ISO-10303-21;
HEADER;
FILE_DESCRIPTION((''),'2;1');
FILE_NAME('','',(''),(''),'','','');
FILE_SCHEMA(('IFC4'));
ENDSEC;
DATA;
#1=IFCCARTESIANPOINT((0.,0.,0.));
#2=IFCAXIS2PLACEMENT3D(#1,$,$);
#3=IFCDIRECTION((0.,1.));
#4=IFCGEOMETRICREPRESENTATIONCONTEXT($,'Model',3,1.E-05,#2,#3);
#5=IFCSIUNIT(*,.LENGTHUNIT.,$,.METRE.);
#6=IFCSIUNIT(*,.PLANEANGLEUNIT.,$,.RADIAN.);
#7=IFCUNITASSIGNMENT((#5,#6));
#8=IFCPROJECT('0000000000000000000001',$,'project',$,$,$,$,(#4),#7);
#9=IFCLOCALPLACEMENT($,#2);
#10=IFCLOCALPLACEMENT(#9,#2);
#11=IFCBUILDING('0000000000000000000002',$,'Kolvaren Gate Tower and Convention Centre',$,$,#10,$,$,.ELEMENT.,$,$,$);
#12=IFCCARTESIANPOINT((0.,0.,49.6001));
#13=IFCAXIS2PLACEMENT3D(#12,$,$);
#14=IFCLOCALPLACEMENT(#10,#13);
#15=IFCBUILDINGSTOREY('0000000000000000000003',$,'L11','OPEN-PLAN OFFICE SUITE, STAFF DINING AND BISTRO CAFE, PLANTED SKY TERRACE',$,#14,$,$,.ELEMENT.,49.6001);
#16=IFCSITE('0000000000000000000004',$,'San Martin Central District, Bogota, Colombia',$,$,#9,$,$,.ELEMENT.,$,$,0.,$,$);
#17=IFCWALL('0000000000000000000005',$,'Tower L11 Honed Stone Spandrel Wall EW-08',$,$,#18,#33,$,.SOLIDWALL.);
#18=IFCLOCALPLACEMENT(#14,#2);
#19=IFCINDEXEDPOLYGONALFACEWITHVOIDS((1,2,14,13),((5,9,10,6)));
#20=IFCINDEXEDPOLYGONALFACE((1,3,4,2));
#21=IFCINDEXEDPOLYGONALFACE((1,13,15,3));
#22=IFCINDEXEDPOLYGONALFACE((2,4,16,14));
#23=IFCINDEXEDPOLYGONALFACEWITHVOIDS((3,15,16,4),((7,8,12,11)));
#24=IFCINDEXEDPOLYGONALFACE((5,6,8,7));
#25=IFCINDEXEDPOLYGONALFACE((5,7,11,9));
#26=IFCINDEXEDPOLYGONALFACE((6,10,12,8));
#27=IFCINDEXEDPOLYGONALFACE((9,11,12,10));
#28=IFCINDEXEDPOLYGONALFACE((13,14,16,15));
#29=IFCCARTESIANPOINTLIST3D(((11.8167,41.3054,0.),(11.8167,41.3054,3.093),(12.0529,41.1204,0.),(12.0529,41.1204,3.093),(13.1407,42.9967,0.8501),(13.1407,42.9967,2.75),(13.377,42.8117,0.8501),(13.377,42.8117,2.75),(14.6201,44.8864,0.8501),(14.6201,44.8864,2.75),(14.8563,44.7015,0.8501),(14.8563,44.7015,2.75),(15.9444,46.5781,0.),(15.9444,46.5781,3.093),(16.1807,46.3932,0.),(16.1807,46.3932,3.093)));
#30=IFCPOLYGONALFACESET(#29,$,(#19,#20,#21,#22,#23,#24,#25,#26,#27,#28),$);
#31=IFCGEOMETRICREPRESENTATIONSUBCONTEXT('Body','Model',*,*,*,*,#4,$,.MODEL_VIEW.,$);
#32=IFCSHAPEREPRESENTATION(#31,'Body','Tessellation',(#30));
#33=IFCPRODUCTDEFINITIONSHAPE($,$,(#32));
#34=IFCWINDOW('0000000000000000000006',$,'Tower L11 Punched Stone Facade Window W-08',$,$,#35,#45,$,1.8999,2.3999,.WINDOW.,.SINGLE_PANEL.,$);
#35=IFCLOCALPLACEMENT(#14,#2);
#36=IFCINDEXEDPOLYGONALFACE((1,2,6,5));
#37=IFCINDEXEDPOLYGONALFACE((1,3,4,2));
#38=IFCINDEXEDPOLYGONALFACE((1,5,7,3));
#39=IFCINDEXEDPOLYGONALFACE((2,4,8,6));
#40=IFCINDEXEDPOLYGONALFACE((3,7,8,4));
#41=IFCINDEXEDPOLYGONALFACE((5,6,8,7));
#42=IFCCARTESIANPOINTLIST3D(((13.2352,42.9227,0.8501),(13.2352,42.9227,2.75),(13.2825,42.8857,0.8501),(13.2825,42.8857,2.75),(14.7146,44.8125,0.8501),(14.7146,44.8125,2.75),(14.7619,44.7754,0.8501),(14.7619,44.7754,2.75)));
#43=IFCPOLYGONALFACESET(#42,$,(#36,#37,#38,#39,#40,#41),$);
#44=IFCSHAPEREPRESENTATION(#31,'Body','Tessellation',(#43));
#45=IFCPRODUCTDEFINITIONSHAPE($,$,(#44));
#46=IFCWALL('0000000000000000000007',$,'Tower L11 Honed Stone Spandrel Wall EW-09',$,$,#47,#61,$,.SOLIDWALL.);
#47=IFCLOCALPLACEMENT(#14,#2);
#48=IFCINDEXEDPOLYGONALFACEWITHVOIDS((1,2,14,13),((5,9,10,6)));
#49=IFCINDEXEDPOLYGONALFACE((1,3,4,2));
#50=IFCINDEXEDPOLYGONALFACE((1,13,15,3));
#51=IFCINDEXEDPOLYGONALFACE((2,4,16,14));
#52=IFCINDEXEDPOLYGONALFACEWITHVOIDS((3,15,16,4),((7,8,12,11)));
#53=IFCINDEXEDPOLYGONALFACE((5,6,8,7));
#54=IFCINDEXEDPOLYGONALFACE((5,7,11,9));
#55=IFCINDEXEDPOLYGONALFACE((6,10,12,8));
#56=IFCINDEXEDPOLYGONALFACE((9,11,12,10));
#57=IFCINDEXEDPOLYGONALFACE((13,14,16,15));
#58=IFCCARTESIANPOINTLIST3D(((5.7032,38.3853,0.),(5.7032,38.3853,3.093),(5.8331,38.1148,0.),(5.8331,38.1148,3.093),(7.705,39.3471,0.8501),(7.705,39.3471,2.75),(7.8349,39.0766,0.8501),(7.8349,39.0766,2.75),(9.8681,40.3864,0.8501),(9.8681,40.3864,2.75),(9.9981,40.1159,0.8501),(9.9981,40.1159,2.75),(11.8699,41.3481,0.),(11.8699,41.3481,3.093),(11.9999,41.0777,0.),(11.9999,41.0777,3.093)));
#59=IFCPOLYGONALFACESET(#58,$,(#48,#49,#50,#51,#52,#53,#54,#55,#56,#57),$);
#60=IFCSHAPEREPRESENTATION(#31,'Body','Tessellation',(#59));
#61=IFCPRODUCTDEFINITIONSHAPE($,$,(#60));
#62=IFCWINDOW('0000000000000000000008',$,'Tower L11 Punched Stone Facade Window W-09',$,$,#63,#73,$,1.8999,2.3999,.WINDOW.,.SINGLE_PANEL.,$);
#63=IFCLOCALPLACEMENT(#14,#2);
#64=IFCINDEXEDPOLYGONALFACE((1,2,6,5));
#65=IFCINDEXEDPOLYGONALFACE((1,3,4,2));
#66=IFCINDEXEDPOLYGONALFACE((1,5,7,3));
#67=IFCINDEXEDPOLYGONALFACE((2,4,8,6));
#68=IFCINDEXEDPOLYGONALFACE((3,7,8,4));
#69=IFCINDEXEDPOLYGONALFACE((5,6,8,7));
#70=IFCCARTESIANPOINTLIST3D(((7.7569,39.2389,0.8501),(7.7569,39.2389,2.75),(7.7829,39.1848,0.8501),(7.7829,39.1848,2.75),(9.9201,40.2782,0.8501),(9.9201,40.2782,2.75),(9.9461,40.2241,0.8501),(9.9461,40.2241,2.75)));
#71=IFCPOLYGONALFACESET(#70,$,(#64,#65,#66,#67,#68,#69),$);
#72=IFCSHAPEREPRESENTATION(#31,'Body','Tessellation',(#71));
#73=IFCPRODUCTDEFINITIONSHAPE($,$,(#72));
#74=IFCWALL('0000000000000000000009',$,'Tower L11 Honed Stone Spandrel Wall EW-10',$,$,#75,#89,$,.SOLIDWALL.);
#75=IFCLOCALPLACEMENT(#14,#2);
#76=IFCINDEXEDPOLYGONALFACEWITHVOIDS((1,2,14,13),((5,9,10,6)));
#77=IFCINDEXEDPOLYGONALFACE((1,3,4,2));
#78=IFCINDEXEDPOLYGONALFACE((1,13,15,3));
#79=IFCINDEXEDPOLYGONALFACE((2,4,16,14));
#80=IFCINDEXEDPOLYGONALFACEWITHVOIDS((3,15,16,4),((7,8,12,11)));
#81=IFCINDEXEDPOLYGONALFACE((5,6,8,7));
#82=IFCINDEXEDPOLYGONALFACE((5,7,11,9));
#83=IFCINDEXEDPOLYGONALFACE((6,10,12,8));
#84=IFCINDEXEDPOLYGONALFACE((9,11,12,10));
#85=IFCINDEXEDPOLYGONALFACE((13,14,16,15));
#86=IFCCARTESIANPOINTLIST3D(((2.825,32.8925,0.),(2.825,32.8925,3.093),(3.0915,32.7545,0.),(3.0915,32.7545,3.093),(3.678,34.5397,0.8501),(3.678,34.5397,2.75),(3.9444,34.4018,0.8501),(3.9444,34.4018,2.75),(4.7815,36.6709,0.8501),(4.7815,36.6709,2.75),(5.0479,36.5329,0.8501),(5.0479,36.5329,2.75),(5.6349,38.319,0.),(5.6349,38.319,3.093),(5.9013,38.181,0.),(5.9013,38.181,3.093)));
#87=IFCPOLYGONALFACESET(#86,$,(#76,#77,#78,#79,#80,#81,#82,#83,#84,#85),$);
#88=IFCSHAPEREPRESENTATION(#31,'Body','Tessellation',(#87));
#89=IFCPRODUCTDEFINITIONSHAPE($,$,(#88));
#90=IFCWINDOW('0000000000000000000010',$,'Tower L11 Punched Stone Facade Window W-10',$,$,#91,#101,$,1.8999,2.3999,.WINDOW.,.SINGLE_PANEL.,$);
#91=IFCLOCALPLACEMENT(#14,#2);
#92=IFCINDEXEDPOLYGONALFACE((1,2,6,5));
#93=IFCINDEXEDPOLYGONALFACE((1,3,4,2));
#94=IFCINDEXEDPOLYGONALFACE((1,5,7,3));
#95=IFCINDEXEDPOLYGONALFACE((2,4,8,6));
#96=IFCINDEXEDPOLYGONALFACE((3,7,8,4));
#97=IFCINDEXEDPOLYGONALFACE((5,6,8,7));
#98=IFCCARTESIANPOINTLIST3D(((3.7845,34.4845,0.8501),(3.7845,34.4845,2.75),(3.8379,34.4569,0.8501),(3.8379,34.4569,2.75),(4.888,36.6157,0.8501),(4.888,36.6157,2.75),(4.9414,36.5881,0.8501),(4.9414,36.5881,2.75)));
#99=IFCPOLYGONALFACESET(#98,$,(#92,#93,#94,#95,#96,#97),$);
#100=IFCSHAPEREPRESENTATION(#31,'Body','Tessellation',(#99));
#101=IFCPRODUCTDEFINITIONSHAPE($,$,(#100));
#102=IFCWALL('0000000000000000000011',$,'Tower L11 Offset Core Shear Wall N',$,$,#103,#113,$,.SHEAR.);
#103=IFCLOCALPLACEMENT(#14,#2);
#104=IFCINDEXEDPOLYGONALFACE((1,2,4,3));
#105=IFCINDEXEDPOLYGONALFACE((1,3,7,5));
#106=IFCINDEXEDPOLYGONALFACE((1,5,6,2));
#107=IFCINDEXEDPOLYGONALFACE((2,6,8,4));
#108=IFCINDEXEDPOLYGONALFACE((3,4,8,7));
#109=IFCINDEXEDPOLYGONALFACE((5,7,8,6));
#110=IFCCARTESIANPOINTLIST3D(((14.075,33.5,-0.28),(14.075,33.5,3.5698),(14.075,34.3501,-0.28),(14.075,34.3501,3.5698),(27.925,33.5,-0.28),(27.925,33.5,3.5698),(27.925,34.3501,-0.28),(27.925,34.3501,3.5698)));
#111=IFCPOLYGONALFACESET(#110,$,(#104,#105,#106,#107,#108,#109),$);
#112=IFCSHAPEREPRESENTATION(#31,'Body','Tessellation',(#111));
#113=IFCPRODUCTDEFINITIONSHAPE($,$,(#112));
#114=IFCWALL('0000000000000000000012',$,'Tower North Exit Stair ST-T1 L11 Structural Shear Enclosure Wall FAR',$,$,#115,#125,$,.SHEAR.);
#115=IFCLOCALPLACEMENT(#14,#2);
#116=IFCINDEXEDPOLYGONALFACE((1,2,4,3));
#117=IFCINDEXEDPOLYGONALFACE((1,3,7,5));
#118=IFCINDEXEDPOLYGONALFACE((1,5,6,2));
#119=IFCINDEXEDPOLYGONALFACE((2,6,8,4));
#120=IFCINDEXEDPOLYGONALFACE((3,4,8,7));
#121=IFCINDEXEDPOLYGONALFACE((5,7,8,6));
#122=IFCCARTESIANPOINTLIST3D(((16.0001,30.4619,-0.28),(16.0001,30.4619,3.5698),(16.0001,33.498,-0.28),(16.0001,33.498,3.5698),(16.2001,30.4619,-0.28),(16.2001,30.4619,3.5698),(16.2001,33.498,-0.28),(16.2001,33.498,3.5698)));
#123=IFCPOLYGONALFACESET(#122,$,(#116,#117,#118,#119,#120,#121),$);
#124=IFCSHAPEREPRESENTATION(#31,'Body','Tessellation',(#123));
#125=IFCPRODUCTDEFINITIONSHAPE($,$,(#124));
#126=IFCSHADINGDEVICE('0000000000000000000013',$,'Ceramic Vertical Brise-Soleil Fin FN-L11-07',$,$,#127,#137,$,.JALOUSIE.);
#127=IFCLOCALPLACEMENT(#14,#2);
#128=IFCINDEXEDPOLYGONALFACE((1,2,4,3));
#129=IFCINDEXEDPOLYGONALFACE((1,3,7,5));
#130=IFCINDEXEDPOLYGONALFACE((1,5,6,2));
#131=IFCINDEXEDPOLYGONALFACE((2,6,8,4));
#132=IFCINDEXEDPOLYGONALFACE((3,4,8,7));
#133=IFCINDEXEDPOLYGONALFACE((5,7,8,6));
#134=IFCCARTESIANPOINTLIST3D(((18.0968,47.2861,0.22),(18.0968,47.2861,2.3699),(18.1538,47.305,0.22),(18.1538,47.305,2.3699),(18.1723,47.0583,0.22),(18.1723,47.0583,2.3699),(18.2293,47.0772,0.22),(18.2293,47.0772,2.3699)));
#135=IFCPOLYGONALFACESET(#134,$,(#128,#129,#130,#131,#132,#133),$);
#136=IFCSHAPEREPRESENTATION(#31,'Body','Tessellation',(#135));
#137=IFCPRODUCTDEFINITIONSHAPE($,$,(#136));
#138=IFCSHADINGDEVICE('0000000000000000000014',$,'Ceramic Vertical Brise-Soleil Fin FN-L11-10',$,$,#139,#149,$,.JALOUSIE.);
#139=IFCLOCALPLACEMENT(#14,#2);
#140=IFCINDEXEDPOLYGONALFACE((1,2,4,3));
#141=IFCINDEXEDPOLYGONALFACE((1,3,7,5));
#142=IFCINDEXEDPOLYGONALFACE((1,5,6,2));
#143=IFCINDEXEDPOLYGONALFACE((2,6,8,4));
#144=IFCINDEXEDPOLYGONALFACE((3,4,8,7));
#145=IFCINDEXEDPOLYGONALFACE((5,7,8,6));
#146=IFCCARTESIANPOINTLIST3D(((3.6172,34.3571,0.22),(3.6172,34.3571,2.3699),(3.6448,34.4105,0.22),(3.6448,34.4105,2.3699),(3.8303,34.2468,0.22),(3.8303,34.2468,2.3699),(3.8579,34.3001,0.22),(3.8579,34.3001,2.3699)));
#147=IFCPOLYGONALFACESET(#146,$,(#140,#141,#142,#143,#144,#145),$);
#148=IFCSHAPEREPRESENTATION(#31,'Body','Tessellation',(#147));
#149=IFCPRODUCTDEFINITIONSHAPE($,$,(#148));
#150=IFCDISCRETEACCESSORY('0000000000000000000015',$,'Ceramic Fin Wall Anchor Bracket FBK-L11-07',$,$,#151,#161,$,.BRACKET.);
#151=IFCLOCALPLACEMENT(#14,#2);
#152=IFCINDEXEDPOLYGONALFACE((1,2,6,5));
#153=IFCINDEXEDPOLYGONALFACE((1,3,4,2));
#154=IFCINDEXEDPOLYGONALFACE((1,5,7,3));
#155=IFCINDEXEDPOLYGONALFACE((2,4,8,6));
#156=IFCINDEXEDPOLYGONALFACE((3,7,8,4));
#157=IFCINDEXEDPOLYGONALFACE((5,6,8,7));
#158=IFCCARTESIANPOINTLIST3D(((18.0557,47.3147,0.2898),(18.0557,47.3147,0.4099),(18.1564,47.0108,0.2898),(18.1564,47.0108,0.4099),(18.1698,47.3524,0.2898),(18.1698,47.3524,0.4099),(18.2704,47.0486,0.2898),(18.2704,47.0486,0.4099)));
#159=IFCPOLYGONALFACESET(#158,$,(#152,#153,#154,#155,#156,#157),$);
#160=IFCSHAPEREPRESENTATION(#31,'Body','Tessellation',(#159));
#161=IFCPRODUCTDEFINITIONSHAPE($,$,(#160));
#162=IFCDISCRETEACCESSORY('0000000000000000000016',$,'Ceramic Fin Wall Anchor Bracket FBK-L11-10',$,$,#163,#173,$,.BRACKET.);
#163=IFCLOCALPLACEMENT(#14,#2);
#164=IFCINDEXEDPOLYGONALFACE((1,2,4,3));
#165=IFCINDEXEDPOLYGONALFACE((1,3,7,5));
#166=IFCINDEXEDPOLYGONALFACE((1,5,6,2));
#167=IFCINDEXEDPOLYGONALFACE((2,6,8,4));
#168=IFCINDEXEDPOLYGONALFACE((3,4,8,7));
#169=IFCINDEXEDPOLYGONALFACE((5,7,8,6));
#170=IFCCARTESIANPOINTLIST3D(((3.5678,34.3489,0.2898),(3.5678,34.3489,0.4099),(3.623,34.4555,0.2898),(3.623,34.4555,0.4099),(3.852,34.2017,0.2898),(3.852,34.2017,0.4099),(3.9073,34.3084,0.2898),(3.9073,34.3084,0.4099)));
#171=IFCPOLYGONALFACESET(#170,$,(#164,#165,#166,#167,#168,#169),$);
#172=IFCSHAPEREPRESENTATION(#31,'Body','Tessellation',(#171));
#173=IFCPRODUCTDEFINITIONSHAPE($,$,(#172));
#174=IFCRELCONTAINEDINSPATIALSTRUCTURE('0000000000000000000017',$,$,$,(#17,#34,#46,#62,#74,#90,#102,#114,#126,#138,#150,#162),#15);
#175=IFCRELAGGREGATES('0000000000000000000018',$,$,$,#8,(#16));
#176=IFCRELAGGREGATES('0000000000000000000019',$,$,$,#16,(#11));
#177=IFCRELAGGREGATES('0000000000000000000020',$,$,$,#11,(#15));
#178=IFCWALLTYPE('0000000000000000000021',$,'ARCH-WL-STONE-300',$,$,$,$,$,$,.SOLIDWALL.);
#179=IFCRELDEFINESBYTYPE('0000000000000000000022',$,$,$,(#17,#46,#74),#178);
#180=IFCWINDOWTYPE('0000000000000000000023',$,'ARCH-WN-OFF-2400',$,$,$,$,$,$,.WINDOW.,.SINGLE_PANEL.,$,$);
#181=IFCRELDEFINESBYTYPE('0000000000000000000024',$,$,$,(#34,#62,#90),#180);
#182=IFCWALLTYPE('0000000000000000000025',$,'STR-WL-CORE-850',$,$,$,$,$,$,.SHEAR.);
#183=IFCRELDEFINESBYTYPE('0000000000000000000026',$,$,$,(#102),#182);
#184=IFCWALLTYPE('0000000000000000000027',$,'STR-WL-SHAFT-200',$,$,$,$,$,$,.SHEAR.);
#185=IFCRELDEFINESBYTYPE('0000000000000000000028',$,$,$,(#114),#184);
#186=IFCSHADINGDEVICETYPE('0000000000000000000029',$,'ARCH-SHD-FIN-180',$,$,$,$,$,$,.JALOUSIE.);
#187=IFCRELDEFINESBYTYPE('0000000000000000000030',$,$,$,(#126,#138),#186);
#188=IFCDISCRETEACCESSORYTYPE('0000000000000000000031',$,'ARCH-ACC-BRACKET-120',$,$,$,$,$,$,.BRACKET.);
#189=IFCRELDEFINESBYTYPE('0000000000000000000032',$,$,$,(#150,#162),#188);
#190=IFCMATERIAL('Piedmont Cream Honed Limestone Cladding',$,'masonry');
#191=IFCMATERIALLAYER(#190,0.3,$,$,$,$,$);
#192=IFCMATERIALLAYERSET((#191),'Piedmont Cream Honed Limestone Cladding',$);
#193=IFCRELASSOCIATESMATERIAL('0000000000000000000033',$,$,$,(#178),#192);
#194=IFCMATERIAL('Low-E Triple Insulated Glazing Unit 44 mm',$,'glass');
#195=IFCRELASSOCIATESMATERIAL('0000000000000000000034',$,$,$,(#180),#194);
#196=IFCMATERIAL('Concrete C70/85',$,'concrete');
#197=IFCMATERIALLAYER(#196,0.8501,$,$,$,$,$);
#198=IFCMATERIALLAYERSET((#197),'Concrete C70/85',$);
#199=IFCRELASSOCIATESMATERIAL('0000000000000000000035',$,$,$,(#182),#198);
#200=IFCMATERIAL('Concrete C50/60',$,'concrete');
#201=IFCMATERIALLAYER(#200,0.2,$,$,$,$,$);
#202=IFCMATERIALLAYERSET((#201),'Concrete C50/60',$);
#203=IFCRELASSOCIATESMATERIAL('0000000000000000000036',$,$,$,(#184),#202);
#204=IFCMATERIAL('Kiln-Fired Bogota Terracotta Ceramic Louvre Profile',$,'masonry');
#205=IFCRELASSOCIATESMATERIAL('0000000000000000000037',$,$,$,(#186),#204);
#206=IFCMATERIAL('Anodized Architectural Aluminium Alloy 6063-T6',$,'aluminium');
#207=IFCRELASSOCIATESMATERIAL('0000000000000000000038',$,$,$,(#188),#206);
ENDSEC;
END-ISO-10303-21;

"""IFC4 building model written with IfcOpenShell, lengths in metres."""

from ifc_helpers import new_model, si_unit, direction, frame, frame_2d, origin, origin_2d, place, context, subcontext, project, spatial, rectangle, extrude, material, layer, layer_set, type_object, element, fill, save


model = new_model("IFC4")

# Units and contexts
model_context = context("Model", 3, precision=1e-05, world=origin(), true_north=direction((0.0, 1.0)))
body_context = subcontext(model_context, "Body", "Model", "MODEL_VIEW")
ifc_project = project(units=[si_unit("LENGTHUNIT", "METRE"), si_unit("PLANEANGLEUNIT", "RADIAN")], contexts=[model_context])

# Site, building, storey
site_placement = place(None, origin())
site = spatial("IfcSite", under=ifc_project, at=site_placement, Name="San Martin Central District, Bogota, Colombia", CompositionType="ELEMENT", RefElevation=0.0)
building_placement = place(site_placement, origin())
building = spatial("IfcBuilding", under=site, at=building_placement, Name="Kolvaren Gate Tower and Convention Centre", CompositionType="ELEMENT")
storey_placement = place(building_placement, frame((0.0, 0.0, 49.6001)))
storey = spatial("IfcBuildingStorey", under=building, at=storey_placement, Name="L11", Description="OPEN-PLAN OFFICE SUITE, STAFF DINING AND BISTRO CAFE, PLANTED SKY TERRACE", CompositionType="ELEMENT", Elevation=49.6001)

# Shared definitions
ifc_material_1 = material(Name="Concrete C70/85", Category="concrete")

# Walls, openings, windows
ifc_material_2 = material(Name="Piedmont Cream Honed Limestone Cladding", Category="masonry")
ifc_layer_1 = layer(ifc_material_2, 0.3)
ifc_layer_set_1 = layer_set([ifc_layer_1], Name="Piedmont Cream Honed Limestone Cladding")
wall_type_1 = type_object("IfcWallType", Name="ARCH-WL-STONE-300", PredefinedType="SOLIDWALL", material=ifc_layer_set_1)
ifc_material_3 = material(Name="Low-E Triple Insulated Glazing Unit 44 mm", Category="glass")
window_type = type_object("IfcWindowType", Name="ARCH-WN-OFF-2400", PartitioningType="SINGLE_PANEL", PredefinedType="WINDOW", material=ifc_material_3)
wall_1_placement = place(storey_placement, frame((11.9348, 41.2129, 0.0), z_axis=(0.0, 0.0, 1.0), x_axis=(0.616421, 0.787417, 0.0)))
wall_1 = element("IfcWall", 1, at=wall_1_placement, inside=storey, type_object=wall_type_1, Name="Tower L11 Honed Stone Spandrel Wall EW-08", PredefinedType="SOLIDWALL", context=body_context, shape_type="SweptSolid", body=[
    extrude(rectangle(XDim=6.6963, YDim=0.3, at=frame_2d((3.3481, 0.0))), origin(), (0.0, 0.0, 1.0), 3.093),
])
opening_1_placement = place(wall_1_placement, frame((2.1479, 0.0, 0.8501)))
opening_1 = element("IfcOpeningElement", 2, at=opening_1_placement, cuts=wall_1, PredefinedType="OPENING", context=body_context, shape_type="SweptSolid", body=[
    extrude(rectangle(XDim=2.3999, YDim=1.8999, at=frame_2d((1.2, 0.95))), frame((0.0, 0.1599, 0.0), z_axis=(0.0, -1.0, 0.0), x_axis=(1.0, 0.0, 0.0)), (0.0, 0.0, 1.0), 0.3201),
])
window_1_placement = place(opening_1_placement, origin())
window_1 = element("IfcWindow", 3, at=window_1_placement, inside=storey, type_object=window_type, Name="Tower L11 Punched Stone Facade Window W-08", OverallHeight=1.8999, OverallWidth=2.3999, PartitioningType="SINGLE_PANEL", PredefinedType="WINDOW", context=body_context, shape_type="SweptSolid", body=[
    extrude(rectangle(XDim=2.3999, YDim=1.8999, at=frame_2d((1.2, 0.95))), frame((0.0, 0.03, 0.0), z_axis=(0.0, -1.0, 0.0), x_axis=(1.0, 0.0, 0.0)), (0.0, 0.0, 1.0), 0.0601),
])
fill(opening_1, window_1)
wall_2_placement = place(storey_placement, frame((5.7681, 38.25, 0.0), z_axis=(0.0, 0.0, 1.0), x_axis=(0.90136, 0.43307, 0.0)))
wall_2 = element("IfcWall", 4, at=wall_2_placement, inside=storey, type_object=wall_type_1, Name="Tower L11 Honed Stone Spandrel Wall EW-09", PredefinedType="SOLIDWALL", context=body_context, shape_type="SweptSolid", body=[
    extrude(rectangle(XDim=6.8416, YDim=0.3, at=frame_2d((3.4209, 0.0))), origin(), (0.0, 0.0, 1.0), 3.093),
])
opening_2_placement = place(wall_2_placement, frame((2.2209, 0.0, 0.8501)))
opening_2 = element("IfcOpeningElement", 5, at=opening_2_placement, cuts=wall_2, PredefinedType="OPENING", context=body_context, shape_type="SweptSolid", body=[
    extrude(rectangle(XDim=2.3999, YDim=1.8999, at=frame_2d((1.2, 0.95))), frame((0.0, 0.1599, 0.0), z_axis=(0.0, -1.0, 0.0), x_axis=(1.0, 0.0, 0.0)), (0.0, 0.0, 1.0), 0.3201),
])
window_2_placement = place(opening_2_placement, origin())
window_2 = element("IfcWindow", 6, at=window_2_placement, inside=storey, type_object=window_type, Name="Tower L11 Punched Stone Facade Window W-09", OverallHeight=1.8999, OverallWidth=2.3999, PartitioningType="SINGLE_PANEL", PredefinedType="WINDOW", context=body_context, shape_type="SweptSolid", body=[
    extrude(rectangle(XDim=2.3999, YDim=1.8999, at=frame_2d((1.2, 0.95))), frame((0.0, 0.03, 0.0), z_axis=(0.0, -1.0, 0.0), x_axis=(1.0, 0.0, 0.0)), (0.0, 0.0, 1.0), 0.0601),
])
fill(opening_2, window_2)
wall_3_placement = place(storey_placement, frame((2.9583, 32.8235, 0.0), z_axis=(0.0, 0.0, 1.0), x_axis=(0.45981, 0.888017, 0.0)))
wall_3 = element("IfcWall", 7, at=wall_3_placement, inside=storey, type_object=wall_type_1, Name="Tower L11 Honed Stone Spandrel Wall EW-10", PredefinedType="SOLIDWALL", context=body_context, shape_type="SweptSolid", body=[
    extrude(rectangle(XDim=6.1108, YDim=0.3, at=frame_2d((3.0554, 0.0))), origin(), (0.0, 0.0, 1.0), 3.093),
])
opening_3_placement = place(wall_3_placement, frame((1.855, 0.0, 0.8501)))
opening_3 = element("IfcOpeningElement", 8, at=opening_3_placement, cuts=wall_3, PredefinedType="OPENING", context=body_context, shape_type="SweptSolid", body=[
    extrude(rectangle(XDim=2.3999, YDim=1.8999, at=frame_2d((1.2, 0.95))), frame((0.0, 0.1599, 0.0), z_axis=(0.0, -1.0, 0.0), x_axis=(1.0, 0.0, 0.0)), (0.0, 0.0, 1.0), 0.3201),
])
window_3_placement = place(opening_3_placement, origin())
window_3 = element("IfcWindow", 9, at=window_3_placement, inside=storey, type_object=window_type, Name="Tower L11 Punched Stone Facade Window W-10", OverallHeight=1.8999, OverallWidth=2.3999, PartitioningType="SINGLE_PANEL", PredefinedType="WINDOW", context=body_context, shape_type="SweptSolid", body=[
    extrude(rectangle(XDim=2.3999, YDim=1.8999, at=frame_2d((1.2, 0.95))), frame((0.0, 0.03, 0.0), z_axis=(0.0, -1.0, 0.0), x_axis=(1.0, 0.0, 0.0)), (0.0, 0.0, 1.0), 0.0601),
])
fill(opening_3, window_3)

# Walls
ifc_layer_2 = layer(ifc_material_1, 0.8501)
ifc_layer_set_2 = layer_set([ifc_layer_2], Name="Concrete C70/85")
wall_type_2 = type_object("IfcWallType", Name="STR-WL-CORE-850", PredefinedType="SHEAR", material=ifc_layer_set_2)
wall_4_placement = place(storey_placement, frame((14.075, 33.925, -0.28), z_axis=(0.0, 0.0, 1.0), x_axis=(1.0, 0.0, 0.0)))
element("IfcWall", 10, at=wall_4_placement, inside=storey, type_object=wall_type_2, Name="Tower L11 Offset Core Shear Wall N", PredefinedType="SHEAR", context=body_context, shape_type="SweptSolid", body=[
    extrude(rectangle(XDim=13.8501, YDim=0.8501, at=frame_2d((6.925, 0.0))), origin(), (0.0, 0.0, 1.0), 3.8499),
])
ifc_material_4 = material(Name="Concrete C50/60", Category="concrete")
ifc_layer_3 = layer(ifc_material_4, 0.2)
ifc_layer_set_3 = layer_set([ifc_layer_3], Name="Concrete C50/60")
wall_type_3 = type_object("IfcWallType", Name="STR-WL-SHAFT-200", PredefinedType="SHEAR", material=ifc_layer_set_3)
wall_5_placement = place(storey_placement, frame((16.1001, 30.4619, -0.28), z_axis=(0.0, 0.0, 1.0), x_axis=(0.0, 1.0, 0.0)))
element("IfcWall", 11, at=wall_5_placement, inside=storey, type_object=wall_type_3, Name="Tower North Exit Stair ST-T1 L11 Structural Shear Enclosure Wall FAR", PredefinedType="SHEAR", context=body_context, shape_type="SweptSolid", body=[
    extrude(rectangle(XDim=3.0361, YDim=0.2, at=frame_2d((1.5181, 0.0))), origin(), (0.0, 0.0, 1.0), 3.8499),
])

# Shading devices
ifc_material_5 = material(Name="Kiln-Fired Bogota Terracotta Ceramic Louvre Profile", Category="masonry")
shading_device_type = type_object("IfcShadingDeviceType", Name="ARCH-SHD-FIN-180", PredefinedType="JALOUSIE", material=ifc_material_5)
for number, where, z_axis, x_axis, name in (
    (12, (18.1631, 47.1816, 0.22), (0.0, 0.0, 1.0), (0.949243, 0.314544, 0.0), "Ceramic Vertical Brise-Soleil Fin FN-L11-07"),
    (13, (3.7375, 34.3286, 0.22), (0.0, 0.0, 1.0), (0.459789, 0.888028, 0.0), "Ceramic Vertical Brise-Soleil Fin FN-L11-10"),
):
    element("IfcShadingDevice", number, at=place(storey_placement, frame(where, z_axis=z_axis, x_axis=x_axis)), inside=storey, type_object=shading_device_type, Name=name, PredefinedType="JALOUSIE", context=body_context, shape_type="SweptSolid", body=[
        extrude(rectangle(XDim=0.0601, YDim=0.24, at=origin_2d()), origin(), (0.0, 0.0, 1.0), 2.1499),
    ])

# Discrete accessories
ifc_material_6 = material(Name="Anodized Architectural Aluminium Alloy 6063-T6", Category="aluminium")
discrete_accessory_type = type_object("IfcDiscreteAccessoryType", Name="ARCH-ACC-BRACKET-120", PredefinedType="BRACKET", material=ifc_material_6)
for number, where, z_axis, x_axis, name in (
    (14, (18.1631, 47.1816, 0.2898), (0.0, 0.0, 1.0), (0.949243, 0.314544, 0.0), "Ceramic Fin Wall Anchor Bracket FBK-L11-07"),
    (15, (3.7375, 34.3286, 0.2898), (0.0, 0.0, 1.0), (0.459789, 0.888028, 0.0), "Ceramic Fin Wall Anchor Bracket FBK-L11-10"),
):
    element("IfcDiscreteAccessory", number, at=place(storey_placement, frame(where, z_axis=z_axis, x_axis=x_axis)), inside=storey, type_object=discrete_accessory_type, Name=name, PredefinedType="BRACKET", context=body_context, shape_type="SweptSolid", body=[
        extrude(rectangle(XDim=0.1201, YDim=0.3201, at=origin_2d()), origin(), (0.0, 0.0, 1.0), 0.1201),
    ])

save(model, "model.ifc")
